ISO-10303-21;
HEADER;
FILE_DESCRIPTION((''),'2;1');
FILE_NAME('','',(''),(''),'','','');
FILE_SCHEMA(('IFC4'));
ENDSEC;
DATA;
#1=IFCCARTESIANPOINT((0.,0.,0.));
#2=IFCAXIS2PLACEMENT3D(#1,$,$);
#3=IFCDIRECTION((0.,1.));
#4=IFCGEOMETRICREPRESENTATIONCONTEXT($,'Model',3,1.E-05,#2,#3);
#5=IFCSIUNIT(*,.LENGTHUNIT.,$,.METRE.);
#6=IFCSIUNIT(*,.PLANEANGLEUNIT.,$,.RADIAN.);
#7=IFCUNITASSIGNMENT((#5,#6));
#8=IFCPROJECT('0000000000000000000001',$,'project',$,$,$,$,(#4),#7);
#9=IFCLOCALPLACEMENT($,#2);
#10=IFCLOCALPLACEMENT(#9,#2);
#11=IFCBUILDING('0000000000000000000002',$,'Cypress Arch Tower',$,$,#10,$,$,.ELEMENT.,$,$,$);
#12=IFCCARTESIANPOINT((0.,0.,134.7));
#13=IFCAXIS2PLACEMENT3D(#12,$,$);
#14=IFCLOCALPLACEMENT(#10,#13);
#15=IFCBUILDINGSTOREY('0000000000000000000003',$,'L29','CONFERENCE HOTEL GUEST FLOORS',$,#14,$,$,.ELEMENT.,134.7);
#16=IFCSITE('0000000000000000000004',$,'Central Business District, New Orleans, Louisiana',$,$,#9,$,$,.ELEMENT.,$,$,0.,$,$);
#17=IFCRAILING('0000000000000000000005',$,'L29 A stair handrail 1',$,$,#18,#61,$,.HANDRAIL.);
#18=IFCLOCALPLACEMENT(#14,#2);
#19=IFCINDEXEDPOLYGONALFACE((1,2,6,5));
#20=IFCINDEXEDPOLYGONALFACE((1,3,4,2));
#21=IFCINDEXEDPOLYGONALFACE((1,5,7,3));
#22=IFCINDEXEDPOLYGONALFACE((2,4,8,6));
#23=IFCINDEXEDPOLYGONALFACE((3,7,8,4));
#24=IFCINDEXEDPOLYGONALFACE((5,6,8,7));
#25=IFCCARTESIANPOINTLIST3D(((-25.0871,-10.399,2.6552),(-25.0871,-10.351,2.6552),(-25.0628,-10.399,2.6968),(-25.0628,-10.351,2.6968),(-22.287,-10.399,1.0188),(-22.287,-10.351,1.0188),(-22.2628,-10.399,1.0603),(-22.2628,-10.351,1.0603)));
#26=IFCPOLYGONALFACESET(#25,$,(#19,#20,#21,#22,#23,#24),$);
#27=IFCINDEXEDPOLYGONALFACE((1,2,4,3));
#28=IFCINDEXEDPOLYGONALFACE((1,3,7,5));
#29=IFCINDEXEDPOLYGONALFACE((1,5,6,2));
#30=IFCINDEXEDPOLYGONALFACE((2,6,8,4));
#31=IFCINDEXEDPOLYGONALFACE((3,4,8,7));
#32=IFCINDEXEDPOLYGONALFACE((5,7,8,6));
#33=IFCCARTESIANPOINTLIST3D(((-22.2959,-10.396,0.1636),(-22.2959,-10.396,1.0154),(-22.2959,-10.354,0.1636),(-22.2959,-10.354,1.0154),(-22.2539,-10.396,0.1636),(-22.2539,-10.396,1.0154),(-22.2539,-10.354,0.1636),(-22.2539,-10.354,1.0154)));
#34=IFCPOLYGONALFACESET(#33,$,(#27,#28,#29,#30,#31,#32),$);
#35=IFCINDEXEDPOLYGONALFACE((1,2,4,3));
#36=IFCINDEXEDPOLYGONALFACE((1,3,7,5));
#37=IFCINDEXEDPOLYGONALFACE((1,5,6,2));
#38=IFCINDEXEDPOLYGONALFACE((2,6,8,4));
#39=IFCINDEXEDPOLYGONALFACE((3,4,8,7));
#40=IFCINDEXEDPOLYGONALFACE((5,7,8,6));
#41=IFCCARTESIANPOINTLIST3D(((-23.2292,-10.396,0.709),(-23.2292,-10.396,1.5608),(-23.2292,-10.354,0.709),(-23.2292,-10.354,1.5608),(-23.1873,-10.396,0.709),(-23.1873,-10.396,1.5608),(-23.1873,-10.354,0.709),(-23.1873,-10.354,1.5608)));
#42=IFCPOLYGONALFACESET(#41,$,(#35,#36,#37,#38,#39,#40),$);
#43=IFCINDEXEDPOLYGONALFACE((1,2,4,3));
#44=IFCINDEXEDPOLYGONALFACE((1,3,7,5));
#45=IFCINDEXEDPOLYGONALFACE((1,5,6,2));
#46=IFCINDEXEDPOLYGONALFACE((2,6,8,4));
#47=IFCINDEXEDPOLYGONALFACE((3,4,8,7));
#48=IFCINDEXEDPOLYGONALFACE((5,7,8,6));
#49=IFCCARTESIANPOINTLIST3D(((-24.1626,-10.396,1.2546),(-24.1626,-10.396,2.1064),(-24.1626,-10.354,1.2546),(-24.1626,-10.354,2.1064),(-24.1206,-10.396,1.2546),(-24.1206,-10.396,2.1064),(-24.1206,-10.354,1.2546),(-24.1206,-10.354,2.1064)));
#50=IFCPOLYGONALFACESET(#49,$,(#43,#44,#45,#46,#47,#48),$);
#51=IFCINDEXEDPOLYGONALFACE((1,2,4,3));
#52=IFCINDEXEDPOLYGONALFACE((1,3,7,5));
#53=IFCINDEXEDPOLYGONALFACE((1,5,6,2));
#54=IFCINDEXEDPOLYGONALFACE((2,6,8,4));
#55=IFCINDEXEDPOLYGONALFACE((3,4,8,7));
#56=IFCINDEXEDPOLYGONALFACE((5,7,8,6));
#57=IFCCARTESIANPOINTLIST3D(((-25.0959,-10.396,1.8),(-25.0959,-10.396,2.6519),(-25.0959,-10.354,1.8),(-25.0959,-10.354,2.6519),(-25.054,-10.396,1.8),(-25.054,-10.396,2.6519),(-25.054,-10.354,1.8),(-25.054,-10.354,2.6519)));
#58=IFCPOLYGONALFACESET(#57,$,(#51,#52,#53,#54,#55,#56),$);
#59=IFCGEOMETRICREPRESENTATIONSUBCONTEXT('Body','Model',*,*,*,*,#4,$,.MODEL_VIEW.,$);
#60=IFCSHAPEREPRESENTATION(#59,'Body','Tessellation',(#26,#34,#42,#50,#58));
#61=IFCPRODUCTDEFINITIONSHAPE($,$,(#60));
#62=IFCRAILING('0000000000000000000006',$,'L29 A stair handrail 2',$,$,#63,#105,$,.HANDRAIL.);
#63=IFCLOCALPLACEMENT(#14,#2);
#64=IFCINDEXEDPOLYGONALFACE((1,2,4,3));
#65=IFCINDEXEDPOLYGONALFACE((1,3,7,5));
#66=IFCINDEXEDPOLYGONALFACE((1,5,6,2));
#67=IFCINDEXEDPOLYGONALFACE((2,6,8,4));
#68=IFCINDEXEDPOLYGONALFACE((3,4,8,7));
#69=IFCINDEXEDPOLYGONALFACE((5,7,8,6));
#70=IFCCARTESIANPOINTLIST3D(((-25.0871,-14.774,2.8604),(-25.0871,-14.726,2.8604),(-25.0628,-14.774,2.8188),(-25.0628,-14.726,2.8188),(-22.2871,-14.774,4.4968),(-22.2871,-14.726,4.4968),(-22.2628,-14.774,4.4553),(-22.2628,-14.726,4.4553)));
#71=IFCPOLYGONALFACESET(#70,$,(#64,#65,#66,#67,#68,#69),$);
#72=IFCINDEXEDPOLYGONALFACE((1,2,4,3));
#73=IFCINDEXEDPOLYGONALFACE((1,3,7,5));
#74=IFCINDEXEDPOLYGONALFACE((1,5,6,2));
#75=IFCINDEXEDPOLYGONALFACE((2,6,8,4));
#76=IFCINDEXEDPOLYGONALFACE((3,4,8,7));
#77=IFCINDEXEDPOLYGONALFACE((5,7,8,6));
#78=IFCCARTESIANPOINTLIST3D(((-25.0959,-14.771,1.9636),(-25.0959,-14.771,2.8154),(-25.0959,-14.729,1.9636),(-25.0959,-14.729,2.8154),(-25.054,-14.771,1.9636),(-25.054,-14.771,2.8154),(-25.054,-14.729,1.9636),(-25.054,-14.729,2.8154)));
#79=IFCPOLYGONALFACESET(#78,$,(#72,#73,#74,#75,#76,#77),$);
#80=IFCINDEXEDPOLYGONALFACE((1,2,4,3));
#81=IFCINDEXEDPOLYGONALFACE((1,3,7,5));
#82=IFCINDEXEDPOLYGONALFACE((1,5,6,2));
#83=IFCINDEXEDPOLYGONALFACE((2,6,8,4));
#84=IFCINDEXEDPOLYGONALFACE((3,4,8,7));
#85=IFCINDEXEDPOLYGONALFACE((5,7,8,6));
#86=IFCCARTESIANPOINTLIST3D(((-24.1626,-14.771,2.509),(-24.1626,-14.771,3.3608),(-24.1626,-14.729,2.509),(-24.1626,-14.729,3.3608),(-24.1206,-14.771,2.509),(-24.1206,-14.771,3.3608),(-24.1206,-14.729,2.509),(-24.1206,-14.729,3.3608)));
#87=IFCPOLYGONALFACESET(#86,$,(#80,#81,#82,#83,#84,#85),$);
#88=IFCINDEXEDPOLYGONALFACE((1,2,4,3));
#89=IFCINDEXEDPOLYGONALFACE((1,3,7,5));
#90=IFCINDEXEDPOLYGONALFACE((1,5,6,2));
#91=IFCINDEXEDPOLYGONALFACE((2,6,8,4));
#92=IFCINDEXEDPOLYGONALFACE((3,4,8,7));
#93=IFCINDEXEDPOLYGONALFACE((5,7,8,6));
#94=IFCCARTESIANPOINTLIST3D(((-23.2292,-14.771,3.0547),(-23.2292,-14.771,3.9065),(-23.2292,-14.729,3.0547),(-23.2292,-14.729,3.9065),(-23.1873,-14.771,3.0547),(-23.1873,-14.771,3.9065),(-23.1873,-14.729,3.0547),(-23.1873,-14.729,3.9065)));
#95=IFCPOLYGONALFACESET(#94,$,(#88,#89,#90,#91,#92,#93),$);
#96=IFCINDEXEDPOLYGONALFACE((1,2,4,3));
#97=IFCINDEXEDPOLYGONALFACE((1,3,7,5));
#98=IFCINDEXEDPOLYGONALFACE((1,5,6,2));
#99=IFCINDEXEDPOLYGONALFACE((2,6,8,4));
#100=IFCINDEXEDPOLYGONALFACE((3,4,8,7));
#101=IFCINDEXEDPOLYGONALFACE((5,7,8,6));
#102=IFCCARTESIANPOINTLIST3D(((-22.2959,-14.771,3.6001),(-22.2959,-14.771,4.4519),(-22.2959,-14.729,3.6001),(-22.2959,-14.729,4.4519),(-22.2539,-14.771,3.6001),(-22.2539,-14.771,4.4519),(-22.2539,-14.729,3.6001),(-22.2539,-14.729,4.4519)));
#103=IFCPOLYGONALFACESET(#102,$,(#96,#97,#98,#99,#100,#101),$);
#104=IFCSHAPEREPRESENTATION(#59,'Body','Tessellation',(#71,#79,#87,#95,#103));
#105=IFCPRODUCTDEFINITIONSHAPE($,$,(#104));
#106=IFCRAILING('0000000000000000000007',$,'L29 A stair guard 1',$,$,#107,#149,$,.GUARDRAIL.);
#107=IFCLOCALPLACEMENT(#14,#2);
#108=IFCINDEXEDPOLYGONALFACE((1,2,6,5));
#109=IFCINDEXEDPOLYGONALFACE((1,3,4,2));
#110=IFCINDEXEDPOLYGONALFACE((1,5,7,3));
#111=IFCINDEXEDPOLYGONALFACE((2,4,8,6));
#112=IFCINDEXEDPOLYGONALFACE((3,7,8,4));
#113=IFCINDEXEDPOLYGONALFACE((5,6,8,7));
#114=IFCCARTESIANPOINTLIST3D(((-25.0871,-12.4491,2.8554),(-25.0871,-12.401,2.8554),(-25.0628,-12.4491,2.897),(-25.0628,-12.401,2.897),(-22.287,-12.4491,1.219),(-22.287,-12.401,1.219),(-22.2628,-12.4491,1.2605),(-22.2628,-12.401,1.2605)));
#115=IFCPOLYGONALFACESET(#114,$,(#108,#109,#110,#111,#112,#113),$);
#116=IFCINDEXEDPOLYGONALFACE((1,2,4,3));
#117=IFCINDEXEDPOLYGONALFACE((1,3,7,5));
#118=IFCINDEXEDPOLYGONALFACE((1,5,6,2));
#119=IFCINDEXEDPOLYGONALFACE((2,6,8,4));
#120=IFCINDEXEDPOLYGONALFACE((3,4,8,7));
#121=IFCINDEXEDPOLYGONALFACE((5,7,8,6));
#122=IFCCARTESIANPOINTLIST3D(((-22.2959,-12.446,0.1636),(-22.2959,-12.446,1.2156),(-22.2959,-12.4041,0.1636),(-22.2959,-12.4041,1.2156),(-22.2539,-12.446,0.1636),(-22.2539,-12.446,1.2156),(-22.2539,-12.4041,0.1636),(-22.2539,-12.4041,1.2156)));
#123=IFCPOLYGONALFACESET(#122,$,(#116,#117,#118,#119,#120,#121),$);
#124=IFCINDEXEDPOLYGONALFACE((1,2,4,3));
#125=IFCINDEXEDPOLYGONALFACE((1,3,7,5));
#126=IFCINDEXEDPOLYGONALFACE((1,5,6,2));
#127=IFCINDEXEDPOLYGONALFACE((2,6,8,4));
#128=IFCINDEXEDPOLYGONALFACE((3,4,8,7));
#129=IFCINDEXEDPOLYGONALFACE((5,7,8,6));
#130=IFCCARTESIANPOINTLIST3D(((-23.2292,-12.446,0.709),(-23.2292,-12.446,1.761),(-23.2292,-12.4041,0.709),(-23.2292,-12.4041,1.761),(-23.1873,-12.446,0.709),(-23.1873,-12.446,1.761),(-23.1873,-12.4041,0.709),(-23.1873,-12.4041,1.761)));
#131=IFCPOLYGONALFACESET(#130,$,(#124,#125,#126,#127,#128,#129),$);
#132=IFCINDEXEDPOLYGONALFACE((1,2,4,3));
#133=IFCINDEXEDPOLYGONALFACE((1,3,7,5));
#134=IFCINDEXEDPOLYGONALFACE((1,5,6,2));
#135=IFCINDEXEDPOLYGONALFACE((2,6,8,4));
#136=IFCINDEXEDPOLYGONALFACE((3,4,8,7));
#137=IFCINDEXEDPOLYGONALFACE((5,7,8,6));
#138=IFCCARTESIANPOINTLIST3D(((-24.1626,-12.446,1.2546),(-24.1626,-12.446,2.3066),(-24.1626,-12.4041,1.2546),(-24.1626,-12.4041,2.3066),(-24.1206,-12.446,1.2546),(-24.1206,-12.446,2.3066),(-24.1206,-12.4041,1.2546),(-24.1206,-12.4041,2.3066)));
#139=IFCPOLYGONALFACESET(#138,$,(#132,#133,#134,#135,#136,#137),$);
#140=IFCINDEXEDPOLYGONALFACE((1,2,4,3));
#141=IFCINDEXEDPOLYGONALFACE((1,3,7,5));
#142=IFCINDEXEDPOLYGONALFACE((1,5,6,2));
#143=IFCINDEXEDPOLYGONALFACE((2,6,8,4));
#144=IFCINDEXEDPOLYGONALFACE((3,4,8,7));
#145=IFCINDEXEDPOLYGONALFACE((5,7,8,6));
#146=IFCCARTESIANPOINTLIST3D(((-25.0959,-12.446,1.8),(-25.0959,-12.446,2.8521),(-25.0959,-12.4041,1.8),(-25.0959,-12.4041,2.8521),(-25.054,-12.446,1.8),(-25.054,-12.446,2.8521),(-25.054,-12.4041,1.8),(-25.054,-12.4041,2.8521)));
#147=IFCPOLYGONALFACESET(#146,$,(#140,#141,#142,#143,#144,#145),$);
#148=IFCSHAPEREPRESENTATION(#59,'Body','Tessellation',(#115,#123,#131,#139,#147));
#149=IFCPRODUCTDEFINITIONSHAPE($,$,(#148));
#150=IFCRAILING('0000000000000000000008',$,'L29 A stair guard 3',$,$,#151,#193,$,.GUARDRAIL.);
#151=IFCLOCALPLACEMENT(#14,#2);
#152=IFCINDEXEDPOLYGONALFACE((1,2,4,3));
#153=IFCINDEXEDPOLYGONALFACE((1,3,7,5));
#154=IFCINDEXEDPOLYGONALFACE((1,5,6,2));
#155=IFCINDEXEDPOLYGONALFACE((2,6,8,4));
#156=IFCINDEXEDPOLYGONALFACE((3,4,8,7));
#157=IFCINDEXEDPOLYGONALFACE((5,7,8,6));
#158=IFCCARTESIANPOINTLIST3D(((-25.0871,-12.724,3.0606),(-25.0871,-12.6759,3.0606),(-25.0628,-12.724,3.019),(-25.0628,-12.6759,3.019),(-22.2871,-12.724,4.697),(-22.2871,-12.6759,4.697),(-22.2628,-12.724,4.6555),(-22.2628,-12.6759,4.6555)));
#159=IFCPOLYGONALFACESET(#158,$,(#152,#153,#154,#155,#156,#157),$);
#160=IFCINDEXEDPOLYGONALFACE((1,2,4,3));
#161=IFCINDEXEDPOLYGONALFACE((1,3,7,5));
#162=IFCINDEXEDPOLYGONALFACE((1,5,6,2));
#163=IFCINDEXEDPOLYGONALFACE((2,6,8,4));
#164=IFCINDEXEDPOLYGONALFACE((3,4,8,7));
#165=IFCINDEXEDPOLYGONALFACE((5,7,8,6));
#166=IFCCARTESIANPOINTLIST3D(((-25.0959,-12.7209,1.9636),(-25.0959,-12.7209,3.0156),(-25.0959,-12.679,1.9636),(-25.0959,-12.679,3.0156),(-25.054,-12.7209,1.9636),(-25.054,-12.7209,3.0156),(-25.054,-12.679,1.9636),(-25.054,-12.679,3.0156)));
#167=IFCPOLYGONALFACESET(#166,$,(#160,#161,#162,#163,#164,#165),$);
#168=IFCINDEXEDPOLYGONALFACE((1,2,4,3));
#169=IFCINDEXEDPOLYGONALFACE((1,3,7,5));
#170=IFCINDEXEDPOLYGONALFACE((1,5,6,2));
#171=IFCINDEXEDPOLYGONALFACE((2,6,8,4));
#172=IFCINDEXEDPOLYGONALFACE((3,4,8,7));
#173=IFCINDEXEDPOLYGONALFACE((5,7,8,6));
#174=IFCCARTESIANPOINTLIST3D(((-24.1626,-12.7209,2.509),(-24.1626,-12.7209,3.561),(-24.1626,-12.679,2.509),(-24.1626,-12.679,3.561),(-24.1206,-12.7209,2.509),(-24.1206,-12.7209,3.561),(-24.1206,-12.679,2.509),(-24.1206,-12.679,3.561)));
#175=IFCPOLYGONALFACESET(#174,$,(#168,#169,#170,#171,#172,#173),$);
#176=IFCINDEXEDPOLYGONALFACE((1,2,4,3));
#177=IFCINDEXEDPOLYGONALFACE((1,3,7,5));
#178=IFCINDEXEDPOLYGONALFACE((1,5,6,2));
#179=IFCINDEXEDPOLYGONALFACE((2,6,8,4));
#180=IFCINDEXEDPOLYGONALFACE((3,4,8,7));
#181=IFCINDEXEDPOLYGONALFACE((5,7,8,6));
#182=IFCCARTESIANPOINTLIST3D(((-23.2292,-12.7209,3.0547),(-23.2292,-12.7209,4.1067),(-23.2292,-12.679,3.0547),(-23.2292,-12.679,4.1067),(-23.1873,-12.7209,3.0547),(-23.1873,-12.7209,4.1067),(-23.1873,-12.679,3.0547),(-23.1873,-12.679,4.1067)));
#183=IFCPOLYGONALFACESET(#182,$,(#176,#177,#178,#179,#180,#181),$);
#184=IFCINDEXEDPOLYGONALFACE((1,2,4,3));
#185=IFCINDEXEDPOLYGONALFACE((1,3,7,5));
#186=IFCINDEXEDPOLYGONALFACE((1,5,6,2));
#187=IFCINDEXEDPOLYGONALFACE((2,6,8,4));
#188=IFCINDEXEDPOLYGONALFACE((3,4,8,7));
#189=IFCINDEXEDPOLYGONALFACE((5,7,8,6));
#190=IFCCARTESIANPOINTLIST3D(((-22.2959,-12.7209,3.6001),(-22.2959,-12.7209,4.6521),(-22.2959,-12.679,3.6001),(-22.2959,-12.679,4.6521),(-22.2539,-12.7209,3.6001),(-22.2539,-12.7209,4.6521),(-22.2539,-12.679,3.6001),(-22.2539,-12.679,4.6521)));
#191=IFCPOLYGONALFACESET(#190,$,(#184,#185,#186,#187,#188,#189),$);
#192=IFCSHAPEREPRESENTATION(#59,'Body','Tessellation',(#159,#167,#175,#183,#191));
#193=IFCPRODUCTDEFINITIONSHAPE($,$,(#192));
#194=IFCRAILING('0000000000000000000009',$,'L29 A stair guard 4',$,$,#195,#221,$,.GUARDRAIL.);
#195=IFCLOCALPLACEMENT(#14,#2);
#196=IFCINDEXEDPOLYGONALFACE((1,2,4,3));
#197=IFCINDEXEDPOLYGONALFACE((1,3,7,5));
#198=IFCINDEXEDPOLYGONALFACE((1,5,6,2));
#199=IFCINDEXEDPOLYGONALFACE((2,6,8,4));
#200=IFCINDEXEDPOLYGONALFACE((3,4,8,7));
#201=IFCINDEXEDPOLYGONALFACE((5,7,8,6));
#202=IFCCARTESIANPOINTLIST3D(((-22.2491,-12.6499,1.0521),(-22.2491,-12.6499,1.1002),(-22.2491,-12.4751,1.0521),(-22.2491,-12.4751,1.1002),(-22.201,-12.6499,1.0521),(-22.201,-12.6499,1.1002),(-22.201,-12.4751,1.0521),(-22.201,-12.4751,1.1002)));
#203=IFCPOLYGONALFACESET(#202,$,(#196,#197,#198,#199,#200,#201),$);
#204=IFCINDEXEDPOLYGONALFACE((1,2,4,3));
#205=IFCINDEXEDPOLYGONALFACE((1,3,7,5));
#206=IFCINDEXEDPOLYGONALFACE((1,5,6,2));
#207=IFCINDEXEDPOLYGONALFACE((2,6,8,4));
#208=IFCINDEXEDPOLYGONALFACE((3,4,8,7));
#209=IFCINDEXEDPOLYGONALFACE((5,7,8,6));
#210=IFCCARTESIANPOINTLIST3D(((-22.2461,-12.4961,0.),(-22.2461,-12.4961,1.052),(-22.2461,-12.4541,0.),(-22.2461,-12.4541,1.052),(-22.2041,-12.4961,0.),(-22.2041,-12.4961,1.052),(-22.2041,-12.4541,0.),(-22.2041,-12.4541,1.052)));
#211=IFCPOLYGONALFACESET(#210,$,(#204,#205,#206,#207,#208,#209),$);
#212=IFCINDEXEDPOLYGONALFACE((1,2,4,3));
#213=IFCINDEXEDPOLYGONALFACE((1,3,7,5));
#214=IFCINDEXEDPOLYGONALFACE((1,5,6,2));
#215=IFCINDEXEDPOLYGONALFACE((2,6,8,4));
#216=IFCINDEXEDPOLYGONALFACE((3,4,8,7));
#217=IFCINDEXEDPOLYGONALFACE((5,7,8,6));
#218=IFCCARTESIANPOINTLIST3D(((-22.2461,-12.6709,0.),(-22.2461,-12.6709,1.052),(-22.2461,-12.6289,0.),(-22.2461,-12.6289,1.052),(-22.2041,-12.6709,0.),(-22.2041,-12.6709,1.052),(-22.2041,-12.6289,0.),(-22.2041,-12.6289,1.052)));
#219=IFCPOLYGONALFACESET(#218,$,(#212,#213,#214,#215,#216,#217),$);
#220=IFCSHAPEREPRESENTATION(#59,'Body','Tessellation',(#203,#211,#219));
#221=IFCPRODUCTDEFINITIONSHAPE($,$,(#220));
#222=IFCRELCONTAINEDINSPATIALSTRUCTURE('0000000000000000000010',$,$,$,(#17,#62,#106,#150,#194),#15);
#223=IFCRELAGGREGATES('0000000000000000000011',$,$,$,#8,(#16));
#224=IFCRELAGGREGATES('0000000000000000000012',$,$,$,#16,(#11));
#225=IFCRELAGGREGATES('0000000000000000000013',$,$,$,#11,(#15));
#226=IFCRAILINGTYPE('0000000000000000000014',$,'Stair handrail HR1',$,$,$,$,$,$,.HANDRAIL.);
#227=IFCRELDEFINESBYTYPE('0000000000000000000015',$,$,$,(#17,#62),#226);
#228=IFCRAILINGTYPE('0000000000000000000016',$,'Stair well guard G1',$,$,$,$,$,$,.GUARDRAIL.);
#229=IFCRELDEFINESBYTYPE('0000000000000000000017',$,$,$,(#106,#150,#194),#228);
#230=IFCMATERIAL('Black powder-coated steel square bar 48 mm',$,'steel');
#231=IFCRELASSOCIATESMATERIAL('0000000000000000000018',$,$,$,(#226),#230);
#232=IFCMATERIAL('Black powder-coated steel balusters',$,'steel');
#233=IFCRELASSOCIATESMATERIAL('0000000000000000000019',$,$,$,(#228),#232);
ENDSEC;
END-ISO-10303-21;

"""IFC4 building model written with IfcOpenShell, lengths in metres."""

from ifc_helpers import new_model, si_unit, direction, frame, origin, origin_2d, place, context, subcontext, project, spatial, rectangle, extrude, material, type_object, element, save


model = new_model("IFC4")

# Units and contexts
model_context = context("Model", 3, precision=1e-05, world=origin(), true_north=direction((0.0, 1.0)))
body_context = subcontext(model_context, "Body", "Model", "MODEL_VIEW")
ifc_project = project(units=[si_unit("LENGTHUNIT", "METRE"), si_unit("PLANEANGLEUNIT", "RADIAN")], contexts=[model_context])

# Site, building, storey
site_placement = place(None, origin())
site = spatial("IfcSite", under=ifc_project, at=site_placement, Name="Central Business District, New Orleans, Louisiana", CompositionType="ELEMENT", RefElevation=0.0)
building_placement = place(site_placement, origin())
building = spatial("IfcBuilding", under=site, at=building_placement, Name="Cypress Arch Tower", CompositionType="ELEMENT")
storey_placement = place(building_placement, frame((0.0, 0.0, 134.7)))
storey = spatial("IfcBuildingStorey", under=building, at=storey_placement, Name="L29", Description="CONFERENCE HOTEL GUEST FLOORS", CompositionType="ELEMENT", Elevation=134.7)

# Railings
ifc_material_1 = material(Name="Black powder-coated steel square bar 48 mm", Category="steel")
railing_type_1 = type_object("IfcRailingType", Name="Stair handrail HR1", PredefinedType="HANDRAIL", material=ifc_material_1)
railing_1_placement = place(storey_placement, frame((-22.2749, -10.375, 0.1636)))
element("IfcRailing", 1, at=railing_1_placement, inside=storey, type_object=railing_type_1, Name="L29 A stair handrail 1", PredefinedType="HANDRAIL", context=body_context, shape_type="SweptSolid", body=[
    extrude(rectangle(XDim=0.0481, YDim=0.0481, at=origin_2d()), frame((0.0, 0.0, 0.876), z_axis=(-0.863361, 0.0, 0.504587), x_axis=(0.0, -1.0, 0.0)), (0.0, 0.0, 1.0), 3.2432),
    extrude(rectangle(XDim=0.042, YDim=0.042, at=origin_2d()), origin(), (0.0, 0.0, 1.0), 0.8518),
    extrude(rectangle(XDim=0.042, YDim=0.042, at=origin_2d()), frame((-0.9333, 0.0, 0.5454)), (0.0, 0.0, 1.0), 0.8518),
    extrude(rectangle(XDim=0.042, YDim=0.042, at=origin_2d()), frame((-1.8667, 0.0, 1.0911)), (0.0, 0.0, 1.0), 0.8518),
    extrude(rectangle(XDim=0.042, YDim=0.042, at=origin_2d()), frame((-2.8, 0.0, 1.6365)), (0.0, 0.0, 1.0), 0.8518),
])
railing_2_placement = place(storey_placement, frame((-25.075, -14.75, 1.9636)))
element("IfcRailing", 2, at=railing_2_placement, inside=storey, type_object=railing_type_1, Name="L29 A stair handrail 2", PredefinedType="HANDRAIL", context=body_context, shape_type="SweptSolid", body=[
    extrude(rectangle(XDim=0.0481, YDim=0.0481, at=origin_2d()), frame((0.0, 0.0, 0.876), z_axis=(0.863361, 0.0, 0.504587), x_axis=(0.0, 1.0, 0.0)), (0.0, 0.0, 1.0), 3.2432),
    extrude(rectangle(XDim=0.042, YDim=0.042, at=origin_2d()), origin(), (0.0, 0.0, 1.0), 0.8518),
    extrude(rectangle(XDim=0.042, YDim=0.042, at=origin_2d()), frame((0.9333, 0.0, 0.5454)), (0.0, 0.0, 1.0), 0.8518),
    extrude(rectangle(XDim=0.042, YDim=0.042, at=origin_2d()), frame((1.8667, 0.0, 1.0911)), (0.0, 0.0, 1.0), 0.8518),
    extrude(rectangle(XDim=0.042, YDim=0.042, at=origin_2d()), frame((2.8, 0.0, 1.6365)), (0.0, 0.0, 1.0), 0.8518),
])
ifc_material_2 = material(Name="Black powder-coated steel balusters", Category="steel")
railing_type_2 = type_object("IfcRailingType", Name="Stair well guard G1", PredefinedType="GUARDRAIL", material=ifc_material_2)
railing_3_placement = place(storey_placement, frame((-22.2749, -12.425, 0.1636)))
element("IfcRailing", 3, at=railing_3_placement, inside=storey, type_object=railing_type_2, Name="L29 A stair guard 1", PredefinedType="GUARDRAIL", context=body_context, shape_type="SweptSolid", body=[
    extrude(rectangle(XDim=0.0481, YDim=0.0481, at=origin_2d()), frame((0.0, 0.0, 1.0762), z_axis=(-0.863361, 0.0, 0.504587), x_axis=(0.0, -1.0, 0.0)), (0.0, 0.0, 1.0), 3.2432),
    extrude(rectangle(XDim=0.042, YDim=0.042, at=origin_2d()), origin(), (0.0, 0.0, 1.0), 1.052),
    extrude(rectangle(XDim=0.042, YDim=0.042, at=origin_2d()), frame((-0.9333, 0.0, 0.5454)), (0.0, 0.0, 1.0), 1.052),
    extrude(rectangle(XDim=0.042, YDim=0.042, at=origin_2d()), frame((-1.8667, 0.0, 1.0911)), (0.0, 0.0, 1.0), 1.052),
    extrude(rectangle(XDim=0.042, YDim=0.042, at=origin_2d()), frame((-2.8, 0.0, 1.6365)), (0.0, 0.0, 1.0), 1.052),
])
railing_4_placement = place(storey_placement, frame((-25.075, -12.7, 1.9636)))
element("IfcRailing", 4, at=railing_4_placement, inside=storey, type_object=railing_type_2, Name="L29 A stair guard 3", PredefinedType="GUARDRAIL", context=body_context, shape_type="SweptSolid", body=[
    extrude(rectangle(XDim=0.0481, YDim=0.0481, at=origin_2d()), frame((0.0, 0.0, 1.0762), z_axis=(0.863361, 0.0, 0.504587), x_axis=(0.0, 1.0, 0.0)), (0.0, 0.0, 1.0), 3.2432),
    extrude(rectangle(XDim=0.042, YDim=0.042, at=origin_2d()), origin(), (0.0, 0.0, 1.0), 1.052),
    extrude(rectangle(XDim=0.042, YDim=0.042, at=origin_2d()), frame((0.9333, 0.0, 0.5454)), (0.0, 0.0, 1.0), 1.052),
    extrude(rectangle(XDim=0.042, YDim=0.042, at=origin_2d()), frame((1.8667, 0.0, 1.0911)), (0.0, 0.0, 1.0), 1.052),
    extrude(rectangle(XDim=0.042, YDim=0.042, at=origin_2d()), frame((2.8, 0.0, 1.6365)), (0.0, 0.0, 1.0), 1.052),
])
railing_5_placement = place(storey_placement, frame((-22.2251, -12.4751, 0.0)))
element("IfcRailing", 5, at=railing_5_placement, inside=storey, type_object=railing_type_2, Name="L29 A stair guard 4", PredefinedType="GUARDRAIL", context=body_context, shape_type="SweptSolid", body=[
    extrude(rectangle(XDim=0.0481, YDim=0.0481, at=origin_2d()), frame((0.0, 0.0, 1.0762), z_axis=(0.0, -1.0, 0.0), x_axis=(1.0, 0.0, 0.0)), (0.0, 0.0, 1.0), 0.1748),
    extrude(rectangle(XDim=0.042, YDim=0.042, at=origin_2d()), origin(), (0.0, 0.0, 1.0), 1.052),
    extrude(rectangle(XDim=0.042, YDim=0.042, at=origin_2d()), frame((0.0, -0.1748, 0.0)), (0.0, 0.0, 1.0), 1.052),
])

save(model, "model.ifc")
